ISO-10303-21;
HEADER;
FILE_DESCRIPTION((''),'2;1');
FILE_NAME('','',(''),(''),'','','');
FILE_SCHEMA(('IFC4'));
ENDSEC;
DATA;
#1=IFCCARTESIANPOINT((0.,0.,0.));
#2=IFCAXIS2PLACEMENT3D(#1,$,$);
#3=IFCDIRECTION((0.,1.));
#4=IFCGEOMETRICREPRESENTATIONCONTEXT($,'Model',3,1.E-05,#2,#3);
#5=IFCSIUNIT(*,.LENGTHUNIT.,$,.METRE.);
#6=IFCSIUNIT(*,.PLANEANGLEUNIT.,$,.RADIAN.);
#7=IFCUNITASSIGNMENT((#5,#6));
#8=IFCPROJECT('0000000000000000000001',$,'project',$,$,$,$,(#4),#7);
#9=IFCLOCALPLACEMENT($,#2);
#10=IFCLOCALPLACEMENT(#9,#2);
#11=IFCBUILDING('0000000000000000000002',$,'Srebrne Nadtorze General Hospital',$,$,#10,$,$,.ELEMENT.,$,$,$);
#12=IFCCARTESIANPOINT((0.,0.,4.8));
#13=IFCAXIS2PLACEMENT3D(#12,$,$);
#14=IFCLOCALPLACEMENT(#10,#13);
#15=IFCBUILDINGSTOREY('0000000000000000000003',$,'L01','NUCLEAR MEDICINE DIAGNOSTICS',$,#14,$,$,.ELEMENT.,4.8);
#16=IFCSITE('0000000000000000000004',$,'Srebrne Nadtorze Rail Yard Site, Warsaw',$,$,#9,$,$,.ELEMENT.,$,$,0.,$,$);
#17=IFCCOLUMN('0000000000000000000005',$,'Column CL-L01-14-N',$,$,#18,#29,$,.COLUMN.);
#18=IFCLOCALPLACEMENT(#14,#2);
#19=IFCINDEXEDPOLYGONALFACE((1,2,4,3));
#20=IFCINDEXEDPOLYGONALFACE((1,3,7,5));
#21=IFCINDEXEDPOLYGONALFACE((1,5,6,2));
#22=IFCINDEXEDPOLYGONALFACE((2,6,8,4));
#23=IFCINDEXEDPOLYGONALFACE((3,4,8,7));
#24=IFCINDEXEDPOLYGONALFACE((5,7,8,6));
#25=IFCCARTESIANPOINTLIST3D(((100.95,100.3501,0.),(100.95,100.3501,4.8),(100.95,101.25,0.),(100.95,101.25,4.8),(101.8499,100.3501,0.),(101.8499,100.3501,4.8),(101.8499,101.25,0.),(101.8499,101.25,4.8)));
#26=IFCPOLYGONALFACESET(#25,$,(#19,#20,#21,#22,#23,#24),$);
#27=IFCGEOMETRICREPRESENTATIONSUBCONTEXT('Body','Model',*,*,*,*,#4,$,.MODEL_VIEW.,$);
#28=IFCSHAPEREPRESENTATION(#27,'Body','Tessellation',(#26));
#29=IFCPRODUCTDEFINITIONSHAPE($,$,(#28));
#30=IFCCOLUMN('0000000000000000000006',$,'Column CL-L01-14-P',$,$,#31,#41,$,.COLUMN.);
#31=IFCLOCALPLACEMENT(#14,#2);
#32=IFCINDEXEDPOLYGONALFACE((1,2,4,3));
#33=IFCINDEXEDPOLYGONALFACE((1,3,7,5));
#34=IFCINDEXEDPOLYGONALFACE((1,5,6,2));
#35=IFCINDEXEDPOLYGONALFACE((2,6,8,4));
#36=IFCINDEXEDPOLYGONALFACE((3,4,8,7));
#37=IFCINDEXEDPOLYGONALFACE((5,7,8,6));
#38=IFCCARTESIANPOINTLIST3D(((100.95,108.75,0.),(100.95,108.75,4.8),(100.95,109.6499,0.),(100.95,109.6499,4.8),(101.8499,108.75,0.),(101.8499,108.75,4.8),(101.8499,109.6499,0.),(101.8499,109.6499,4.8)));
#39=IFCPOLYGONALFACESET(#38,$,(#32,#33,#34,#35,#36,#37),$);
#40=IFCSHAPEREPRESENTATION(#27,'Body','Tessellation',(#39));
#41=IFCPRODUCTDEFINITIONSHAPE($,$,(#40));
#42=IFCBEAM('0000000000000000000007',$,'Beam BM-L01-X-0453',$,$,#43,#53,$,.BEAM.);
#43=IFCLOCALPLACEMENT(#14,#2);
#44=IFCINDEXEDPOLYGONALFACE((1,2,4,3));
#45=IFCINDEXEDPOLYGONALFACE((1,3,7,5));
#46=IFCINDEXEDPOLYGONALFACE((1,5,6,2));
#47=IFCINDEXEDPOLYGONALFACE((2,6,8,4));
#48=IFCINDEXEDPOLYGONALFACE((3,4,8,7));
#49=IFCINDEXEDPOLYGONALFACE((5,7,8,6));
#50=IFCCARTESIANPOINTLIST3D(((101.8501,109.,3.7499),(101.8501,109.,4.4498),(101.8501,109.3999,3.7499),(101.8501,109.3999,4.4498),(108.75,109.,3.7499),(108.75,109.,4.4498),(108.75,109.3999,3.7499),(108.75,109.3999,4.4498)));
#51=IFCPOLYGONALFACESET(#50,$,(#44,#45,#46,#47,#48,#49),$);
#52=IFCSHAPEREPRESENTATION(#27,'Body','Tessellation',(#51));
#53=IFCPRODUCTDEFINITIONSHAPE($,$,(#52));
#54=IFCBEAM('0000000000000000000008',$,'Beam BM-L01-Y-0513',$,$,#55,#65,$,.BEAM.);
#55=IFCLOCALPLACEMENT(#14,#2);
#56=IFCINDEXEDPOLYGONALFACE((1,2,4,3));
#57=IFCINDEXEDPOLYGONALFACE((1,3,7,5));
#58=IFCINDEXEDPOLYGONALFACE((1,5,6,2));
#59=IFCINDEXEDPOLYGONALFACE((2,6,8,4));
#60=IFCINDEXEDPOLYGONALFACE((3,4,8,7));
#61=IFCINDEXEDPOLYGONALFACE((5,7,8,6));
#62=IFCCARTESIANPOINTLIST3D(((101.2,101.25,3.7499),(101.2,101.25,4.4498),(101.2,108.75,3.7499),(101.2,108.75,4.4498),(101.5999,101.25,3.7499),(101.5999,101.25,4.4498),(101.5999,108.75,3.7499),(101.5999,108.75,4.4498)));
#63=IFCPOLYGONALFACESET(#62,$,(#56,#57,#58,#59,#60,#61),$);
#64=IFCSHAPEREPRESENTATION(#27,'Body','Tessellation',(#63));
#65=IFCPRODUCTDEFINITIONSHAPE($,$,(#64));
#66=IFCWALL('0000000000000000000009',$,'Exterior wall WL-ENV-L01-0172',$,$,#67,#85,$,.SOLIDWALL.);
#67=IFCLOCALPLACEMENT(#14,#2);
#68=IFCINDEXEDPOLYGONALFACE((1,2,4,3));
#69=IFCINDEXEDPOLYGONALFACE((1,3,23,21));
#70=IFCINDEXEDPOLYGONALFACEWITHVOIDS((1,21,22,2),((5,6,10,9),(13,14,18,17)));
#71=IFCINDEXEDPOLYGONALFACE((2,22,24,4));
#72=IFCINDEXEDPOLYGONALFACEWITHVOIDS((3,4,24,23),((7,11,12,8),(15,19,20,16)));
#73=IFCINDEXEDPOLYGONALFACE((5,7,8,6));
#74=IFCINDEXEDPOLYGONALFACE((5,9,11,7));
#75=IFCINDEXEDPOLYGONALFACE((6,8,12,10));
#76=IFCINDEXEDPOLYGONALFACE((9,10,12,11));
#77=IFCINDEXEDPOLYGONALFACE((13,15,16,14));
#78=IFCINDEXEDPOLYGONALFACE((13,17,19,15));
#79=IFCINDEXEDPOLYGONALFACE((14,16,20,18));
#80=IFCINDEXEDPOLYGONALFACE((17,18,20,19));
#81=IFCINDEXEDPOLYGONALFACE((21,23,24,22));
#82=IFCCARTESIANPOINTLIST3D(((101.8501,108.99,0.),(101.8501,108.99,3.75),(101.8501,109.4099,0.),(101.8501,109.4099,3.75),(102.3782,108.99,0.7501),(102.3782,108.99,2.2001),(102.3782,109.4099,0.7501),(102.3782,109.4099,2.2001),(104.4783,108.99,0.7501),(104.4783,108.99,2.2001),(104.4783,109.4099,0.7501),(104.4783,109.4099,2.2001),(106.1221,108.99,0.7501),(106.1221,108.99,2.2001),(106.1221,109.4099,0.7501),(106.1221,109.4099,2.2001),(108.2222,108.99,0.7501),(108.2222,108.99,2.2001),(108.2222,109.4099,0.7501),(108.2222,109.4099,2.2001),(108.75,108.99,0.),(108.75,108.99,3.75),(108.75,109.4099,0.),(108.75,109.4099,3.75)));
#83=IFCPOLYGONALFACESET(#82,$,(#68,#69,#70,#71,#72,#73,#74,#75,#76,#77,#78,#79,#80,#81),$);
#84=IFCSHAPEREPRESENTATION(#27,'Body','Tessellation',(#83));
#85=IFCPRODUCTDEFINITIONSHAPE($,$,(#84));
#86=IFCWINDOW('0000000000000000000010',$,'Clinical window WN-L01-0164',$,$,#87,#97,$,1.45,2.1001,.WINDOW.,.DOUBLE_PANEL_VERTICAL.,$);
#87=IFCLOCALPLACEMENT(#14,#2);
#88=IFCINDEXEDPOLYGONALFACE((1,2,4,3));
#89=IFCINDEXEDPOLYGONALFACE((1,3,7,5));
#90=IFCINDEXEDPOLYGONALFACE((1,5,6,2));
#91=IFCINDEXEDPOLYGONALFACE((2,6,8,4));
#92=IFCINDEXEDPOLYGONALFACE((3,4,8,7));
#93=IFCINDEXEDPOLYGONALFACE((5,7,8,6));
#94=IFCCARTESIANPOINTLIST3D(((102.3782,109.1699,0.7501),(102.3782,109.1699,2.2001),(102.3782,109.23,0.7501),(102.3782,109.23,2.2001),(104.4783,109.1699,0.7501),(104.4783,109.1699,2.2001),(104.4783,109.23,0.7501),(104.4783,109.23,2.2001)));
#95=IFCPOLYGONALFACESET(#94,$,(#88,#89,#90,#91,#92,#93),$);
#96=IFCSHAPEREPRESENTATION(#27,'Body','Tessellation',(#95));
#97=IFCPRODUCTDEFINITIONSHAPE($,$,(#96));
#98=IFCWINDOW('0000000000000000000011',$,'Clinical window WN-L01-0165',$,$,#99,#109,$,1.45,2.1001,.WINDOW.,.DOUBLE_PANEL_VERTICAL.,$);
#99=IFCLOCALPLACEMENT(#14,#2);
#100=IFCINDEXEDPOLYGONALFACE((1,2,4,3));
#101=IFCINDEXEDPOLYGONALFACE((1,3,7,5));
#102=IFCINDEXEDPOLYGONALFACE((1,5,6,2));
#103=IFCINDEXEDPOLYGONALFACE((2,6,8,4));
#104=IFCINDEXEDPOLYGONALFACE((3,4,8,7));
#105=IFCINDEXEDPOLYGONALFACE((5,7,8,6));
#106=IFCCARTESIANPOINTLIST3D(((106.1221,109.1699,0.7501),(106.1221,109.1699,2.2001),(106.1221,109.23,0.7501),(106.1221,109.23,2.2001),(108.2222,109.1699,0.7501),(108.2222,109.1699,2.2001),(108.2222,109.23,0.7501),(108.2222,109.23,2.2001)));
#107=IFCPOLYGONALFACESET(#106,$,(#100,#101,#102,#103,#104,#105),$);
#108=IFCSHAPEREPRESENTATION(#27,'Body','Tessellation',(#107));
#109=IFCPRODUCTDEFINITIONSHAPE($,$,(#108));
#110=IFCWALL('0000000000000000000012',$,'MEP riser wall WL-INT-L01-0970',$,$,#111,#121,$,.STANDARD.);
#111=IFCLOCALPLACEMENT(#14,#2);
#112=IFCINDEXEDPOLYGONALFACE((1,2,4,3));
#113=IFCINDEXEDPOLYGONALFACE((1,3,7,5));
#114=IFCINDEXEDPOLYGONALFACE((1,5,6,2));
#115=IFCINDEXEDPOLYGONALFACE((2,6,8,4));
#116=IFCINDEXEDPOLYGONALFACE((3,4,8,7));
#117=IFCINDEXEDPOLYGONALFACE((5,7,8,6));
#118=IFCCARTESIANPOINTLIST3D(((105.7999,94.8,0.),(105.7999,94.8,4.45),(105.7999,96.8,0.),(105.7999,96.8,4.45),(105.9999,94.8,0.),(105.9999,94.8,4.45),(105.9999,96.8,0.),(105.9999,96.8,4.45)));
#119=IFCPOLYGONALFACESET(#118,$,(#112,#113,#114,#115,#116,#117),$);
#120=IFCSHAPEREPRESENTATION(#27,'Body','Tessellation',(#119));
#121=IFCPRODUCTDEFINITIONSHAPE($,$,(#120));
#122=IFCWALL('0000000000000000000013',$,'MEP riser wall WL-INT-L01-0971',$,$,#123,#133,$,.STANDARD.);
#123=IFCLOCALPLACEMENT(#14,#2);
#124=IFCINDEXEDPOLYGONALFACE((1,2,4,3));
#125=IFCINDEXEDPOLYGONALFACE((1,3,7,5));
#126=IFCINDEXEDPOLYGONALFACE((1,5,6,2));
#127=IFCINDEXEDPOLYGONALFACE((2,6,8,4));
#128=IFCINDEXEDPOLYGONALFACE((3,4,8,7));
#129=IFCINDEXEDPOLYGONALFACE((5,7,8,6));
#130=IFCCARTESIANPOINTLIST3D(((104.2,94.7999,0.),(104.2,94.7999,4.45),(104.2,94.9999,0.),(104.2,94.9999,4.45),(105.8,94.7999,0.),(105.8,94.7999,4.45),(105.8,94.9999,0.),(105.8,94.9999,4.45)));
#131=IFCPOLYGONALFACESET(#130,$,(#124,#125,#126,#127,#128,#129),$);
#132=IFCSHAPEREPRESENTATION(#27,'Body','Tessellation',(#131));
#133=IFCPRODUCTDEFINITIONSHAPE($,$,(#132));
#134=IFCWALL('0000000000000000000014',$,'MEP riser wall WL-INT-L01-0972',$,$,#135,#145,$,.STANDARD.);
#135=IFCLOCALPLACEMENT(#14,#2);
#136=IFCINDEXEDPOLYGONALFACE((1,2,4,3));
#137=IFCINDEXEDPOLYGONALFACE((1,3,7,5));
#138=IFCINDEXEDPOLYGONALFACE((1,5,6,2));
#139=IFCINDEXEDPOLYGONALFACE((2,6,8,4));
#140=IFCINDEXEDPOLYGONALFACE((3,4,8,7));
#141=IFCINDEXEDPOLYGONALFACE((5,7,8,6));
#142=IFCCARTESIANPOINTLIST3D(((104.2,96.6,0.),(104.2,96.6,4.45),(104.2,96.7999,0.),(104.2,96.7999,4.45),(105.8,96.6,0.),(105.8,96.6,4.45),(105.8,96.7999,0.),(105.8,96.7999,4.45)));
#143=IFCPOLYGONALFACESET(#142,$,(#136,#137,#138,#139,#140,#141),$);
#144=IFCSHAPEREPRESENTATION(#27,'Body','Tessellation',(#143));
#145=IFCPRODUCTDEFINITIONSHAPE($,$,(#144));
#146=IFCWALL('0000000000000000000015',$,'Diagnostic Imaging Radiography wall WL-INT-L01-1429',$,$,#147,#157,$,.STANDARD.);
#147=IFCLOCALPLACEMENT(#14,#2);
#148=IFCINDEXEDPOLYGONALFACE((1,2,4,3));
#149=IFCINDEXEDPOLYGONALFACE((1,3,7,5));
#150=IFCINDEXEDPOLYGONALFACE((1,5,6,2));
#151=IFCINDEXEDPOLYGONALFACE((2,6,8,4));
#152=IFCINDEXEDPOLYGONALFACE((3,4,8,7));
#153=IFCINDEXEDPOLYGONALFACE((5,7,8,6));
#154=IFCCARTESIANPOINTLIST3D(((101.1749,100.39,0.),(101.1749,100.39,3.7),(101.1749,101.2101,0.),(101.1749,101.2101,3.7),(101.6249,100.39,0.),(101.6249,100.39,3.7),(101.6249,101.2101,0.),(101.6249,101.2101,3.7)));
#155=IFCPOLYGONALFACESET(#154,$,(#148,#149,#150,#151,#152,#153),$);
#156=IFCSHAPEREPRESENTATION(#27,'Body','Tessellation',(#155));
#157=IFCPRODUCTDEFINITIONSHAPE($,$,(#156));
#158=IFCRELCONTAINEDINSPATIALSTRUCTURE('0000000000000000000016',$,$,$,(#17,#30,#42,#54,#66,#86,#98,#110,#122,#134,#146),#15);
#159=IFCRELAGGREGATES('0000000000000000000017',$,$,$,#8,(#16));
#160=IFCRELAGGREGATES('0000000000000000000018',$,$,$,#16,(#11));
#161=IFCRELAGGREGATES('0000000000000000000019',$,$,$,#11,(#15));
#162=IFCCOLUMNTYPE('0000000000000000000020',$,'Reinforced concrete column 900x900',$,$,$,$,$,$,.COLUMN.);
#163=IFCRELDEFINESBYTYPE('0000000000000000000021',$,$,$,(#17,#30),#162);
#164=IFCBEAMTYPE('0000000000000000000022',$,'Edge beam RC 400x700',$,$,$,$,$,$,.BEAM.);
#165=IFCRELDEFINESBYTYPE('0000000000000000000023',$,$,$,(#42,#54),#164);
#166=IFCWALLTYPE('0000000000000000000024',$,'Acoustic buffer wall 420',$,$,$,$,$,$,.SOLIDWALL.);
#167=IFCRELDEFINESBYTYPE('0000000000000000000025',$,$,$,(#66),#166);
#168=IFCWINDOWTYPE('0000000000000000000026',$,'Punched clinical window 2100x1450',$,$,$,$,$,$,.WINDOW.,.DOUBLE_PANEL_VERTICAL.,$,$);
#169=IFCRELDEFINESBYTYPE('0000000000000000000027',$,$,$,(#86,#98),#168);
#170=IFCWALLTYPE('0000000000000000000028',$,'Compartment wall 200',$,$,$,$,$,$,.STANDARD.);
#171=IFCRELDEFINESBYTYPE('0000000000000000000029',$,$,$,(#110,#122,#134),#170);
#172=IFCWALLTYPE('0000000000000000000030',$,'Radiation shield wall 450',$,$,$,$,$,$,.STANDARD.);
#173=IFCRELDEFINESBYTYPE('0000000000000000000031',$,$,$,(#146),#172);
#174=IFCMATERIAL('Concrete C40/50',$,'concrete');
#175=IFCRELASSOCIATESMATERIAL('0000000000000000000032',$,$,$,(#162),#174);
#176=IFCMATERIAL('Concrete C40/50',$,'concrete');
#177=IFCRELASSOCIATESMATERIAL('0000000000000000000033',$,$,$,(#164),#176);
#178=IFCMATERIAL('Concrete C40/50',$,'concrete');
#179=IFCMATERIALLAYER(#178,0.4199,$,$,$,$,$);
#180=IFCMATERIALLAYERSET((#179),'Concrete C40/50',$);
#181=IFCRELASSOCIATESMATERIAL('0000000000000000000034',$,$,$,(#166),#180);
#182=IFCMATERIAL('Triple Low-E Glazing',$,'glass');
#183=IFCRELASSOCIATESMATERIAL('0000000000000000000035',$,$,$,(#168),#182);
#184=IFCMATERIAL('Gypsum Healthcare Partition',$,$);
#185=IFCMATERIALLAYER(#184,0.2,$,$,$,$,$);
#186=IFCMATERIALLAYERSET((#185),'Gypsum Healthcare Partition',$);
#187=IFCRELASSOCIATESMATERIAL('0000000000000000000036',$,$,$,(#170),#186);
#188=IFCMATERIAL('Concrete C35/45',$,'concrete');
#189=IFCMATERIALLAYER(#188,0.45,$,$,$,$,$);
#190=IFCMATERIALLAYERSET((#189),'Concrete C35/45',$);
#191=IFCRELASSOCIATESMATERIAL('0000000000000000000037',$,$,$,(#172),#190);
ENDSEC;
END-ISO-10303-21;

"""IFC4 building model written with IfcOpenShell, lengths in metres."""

from ifc_helpers import new_model, si_unit, direction, frame, frame_2d, origin, origin_2d, place, context, subcontext, project, spatial, rectangle, extrude, material, layer, layer_set, material_profile, profile_set, type_object, element, fill, save


model = new_model("IFC4")

# Units and contexts
model_context = context("Model", 3, precision=1e-05, world=origin(), true_north=direction((0.0, 1.0)))
body_context = subcontext(model_context, "Body", "Model", "MODEL_VIEW")
ifc_project = project(units=[si_unit("LENGTHUNIT", "METRE"), si_unit("PLANEANGLEUNIT", "RADIAN")], contexts=[model_context])

# Site, building, storey
site_placement = place(None, origin())
site = spatial("IfcSite", under=ifc_project, at=site_placement, Name="Srebrne Nadtorze Rail Yard Site, Warsaw", CompositionType="ELEMENT", RefElevation=0.0)
building_placement = place(site_placement, origin())
building = spatial("IfcBuilding", under=site, at=building_placement, Name="Srebrne Nadtorze General Hospital", CompositionType="ELEMENT")
storey_placement = place(building_placement, frame((0.0, 0.0, 4.8)))
storey = spatial("IfcBuildingStorey", under=building, at=storey_placement, Name="L01", Description="NUCLEAR MEDICINE DIAGNOSTICS", CompositionType="ELEMENT", Elevation=4.8)

# Columns
ifc_material_1 = material(Name="Concrete C40/50", Category="concrete")
ifc_material_profile_1 = material_profile(ifc_material_1, rectangle(XDim=0.8999, YDim=0.8999, at=origin_2d()), Name="RC-COL-900x900")
ifc_profile_set_1 = profile_set([ifc_material_profile_1], Name="Concrete C40/50")
column_type = type_object("IfcColumnType", Name="Reinforced concrete column 900x900", PredefinedType="COLUMN", material=ifc_profile_set_1)
for number, where, z_axis, x_axis, name in (
    (1, (101.3999, 100.8, 0.0), (0.0, 0.0, 1.0), (1.0, 0.0, 0.0), "Column CL-L01-14-N"),
    (2, (101.3999, 109.2, 0.0), (0.0, 0.0, 1.0), (1.0, 0.0, 0.0), "Column CL-L01-14-P"),
):
    element("IfcColumn", number, at=place(storey_placement, frame(where, z_axis=z_axis, x_axis=x_axis)), inside=storey, type_object=column_type, Name=name, PredefinedType="COLUMN", context=body_context, shape_type="SweptSolid", body=[
        extrude(rectangle(XDim=0.8999, YDim=0.8999, at=origin_2d()), origin(), (0.0, 0.0, 1.0), 4.8),
    ])

# Beams
ifc_material_2 = material(Name="Concrete C40/50", Category="concrete")
ifc_material_profile_2 = material_profile(ifc_material_2, rectangle(XDim=0.3999, YDim=0.7, at=origin_2d()), Name="RC-BM-400x700")
ifc_profile_set_2 = profile_set([ifc_material_profile_2], Name="Concrete C40/50")
beam_type = type_object("IfcBeamType", Name="Edge beam RC 400x700", PredefinedType="BEAM", material=ifc_profile_set_2)
beam_1_placement = place(storey_placement, frame((101.8501, 109.2, 4.0999), z_axis=(1.0, 0.0, 0.0), x_axis=(0.0, 1.0, 0.0)))
element("IfcBeam", 3, at=beam_1_placement, inside=storey, type_object=beam_type, Name="Beam BM-L01-X-0453", PredefinedType="BEAM", context=body_context, shape_type="SweptSolid", body=[
    extrude(rectangle(XDim=0.3999, YDim=0.7, at=origin_2d()), origin(), (0.0, 0.0, 1.0), 6.8999),
])
beam_2_placement = place(storey_placement, frame((101.3999, 101.25, 4.0999), z_axis=(0.0, 1.0, 0.0), x_axis=(-1.0, 0.0, 0.0)))
element("IfcBeam", 4, at=beam_2_placement, inside=storey, type_object=beam_type, Name="Beam BM-L01-Y-0513", PredefinedType="BEAM", context=body_context, shape_type="SweptSolid", body=[
    extrude(rectangle(XDim=0.3999, YDim=0.7, at=origin_2d()), origin(), (0.0, 0.0, 1.0), 7.5),
])

# Wall, openings, windows
ifc_material_3 = material(Name="Concrete C40/50", Category="concrete")
ifc_layer_1 = layer(ifc_material_3, 0.4199)
ifc_layer_set_1 = layer_set([ifc_layer_1], Name="Concrete C40/50")
wall_type_1 = type_object("IfcWallType", Name="Acoustic buffer wall 420", PredefinedType="SOLIDWALL", material=ifc_layer_set_1)
wall_1_placement = place(storey_placement, frame((101.8501, 109.2, 0.0), z_axis=(0.0, 0.0, 1.0), x_axis=(1.0, 0.0, 0.0)))
wall_1 = element("IfcWall", 5, at=wall_1_placement, inside=storey, type_object=wall_type_1, Name="Exterior wall WL-ENV-L01-0172", PredefinedType="SOLIDWALL", context=body_context, shape_type="SweptSolid", body=[
    extrude(rectangle(XDim=6.8999, YDim=0.4199, at=frame_2d((3.45, 0.0))), origin(), (0.0, 0.0, 1.0), 3.75),
])
opening_1_placement = place(wall_1_placement, frame((0.5281, 0.0, 0.75)))
opening_1 = element("IfcOpeningElement", 6, at=opening_1_placement, cuts=wall_1, PredefinedType="OPENING", context=body_context, shape_type="SweptSolid", body=[
    extrude(rectangle(XDim=2.1001, YDim=1.45, at=frame_2d((1.05, 0.7251))), frame((0.0, 0.2219, 0.0), z_axis=(0.0, -1.0, 0.0), x_axis=(1.0, 0.0, 0.0)), (0.0, 0.0, 1.0), 0.4438),
])
opening_2_placement = place(wall_1_placement, frame((4.272, 0.0, 0.75)))
opening_2 = element("IfcOpeningElement", 7, at=opening_2_placement, cuts=wall_1, PredefinedType="OPENING", context=body_context, shape_type="SweptSolid", body=[
    extrude(rectangle(XDim=2.1001, YDim=1.45, at=frame_2d((1.05, 0.7251))), frame((0.0, 0.2219, 0.0), z_axis=(0.0, -1.0, 0.0), x_axis=(1.0, 0.0, 0.0)), (0.0, 0.0, 1.0), 0.4438),
])
ifc_material_4 = material(Name="Triple Low-E Glazing", Category="glass")
window_type_1 = type_object("IfcWindowType", Name="Punched clinical window 2100x1450", PartitioningType="DOUBLE_PANEL_VERTICAL", PredefinedType="WINDOW", material=ifc_material_4)
window_1_placement = place(opening_1_placement, origin())
window_1 = element("IfcWindow", 8, at=window_1_placement, inside=storey, type_object=window_type_1, Name="Clinical window WN-L01-0164", OverallHeight=1.45, OverallWidth=2.1001, PartitioningType="DOUBLE_PANEL_VERTICAL", PredefinedType="WINDOW", context=body_context, shape_type="SweptSolid", body=[
    extrude(rectangle(XDim=2.1001, YDim=1.45, at=frame_2d((1.05, 0.7251))), frame((0.0, 0.03, 0.0), z_axis=(0.0, -1.0, 0.0), x_axis=(1.0, 0.0, 0.0)), (0.0, 0.0, 1.0), 0.0601),
])
fill(opening_1, window_1)
window_2_placement = place(opening_2_placement, origin())
window_2 = element("IfcWindow", 9, at=window_2_placement, inside=storey, type_object=window_type_1, Name="Clinical window WN-L01-0165", OverallHeight=1.45, OverallWidth=2.1001, PartitioningType="DOUBLE_PANEL_VERTICAL", PredefinedType="WINDOW", context=body_context, shape_type="SweptSolid", body=[
    extrude(rectangle(XDim=2.1001, YDim=1.45, at=frame_2d((1.05, 0.7251))), frame((0.0, 0.03, 0.0), z_axis=(0.0, -1.0, 0.0), x_axis=(1.0, 0.0, 0.0)), (0.0, 0.0, 1.0), 0.0601),
])
fill(opening_2, window_2)

# Walls
ifc_material_5 = material(Name="Gypsum Healthcare Partition")
ifc_layer_2 = layer(ifc_material_5, 0.2)
ifc_layer_set_2 = layer_set([ifc_layer_2], Name="Gypsum Healthcare Partition")
wall_type_2 = type_object("IfcWallType", Name="Compartment wall 200", PredefinedType="STANDARD", material=ifc_layer_set_2)
wall_2_placement = place(storey_placement, frame((105.8999, 94.8, 0.0), z_axis=(0.0, 0.0, 1.0), x_axis=(0.0, 1.0, 0.0)))
element("IfcWall", 10, at=wall_2_placement, inside=storey, type_object=wall_type_2, Name="MEP riser wall WL-INT-L01-0970", PredefinedType="STANDARD", context=body_context, shape_type="SweptSolid", body=[
    extrude(rectangle(XDim=2.0, YDim=0.2, at=frame_2d((1.0, 0.0))), origin(), (0.0, 0.0, 1.0), 4.45),
])
for number, where, z_axis, x_axis, name in (
    (11, (104.2, 94.8999, 0.0), (0.0, 0.0, 1.0), (1.0, 0.0, 0.0), "MEP riser wall WL-INT-L01-0971"),
    (12, (104.2, 96.7, 0.0), (0.0, 0.0, 1.0), (1.0, 0.0, 0.0), "MEP riser wall WL-INT-L01-0972"),
):
    element("IfcWall", number, at=place(storey_placement, frame(where, z_axis=z_axis, x_axis=x_axis)), inside=storey, type_object=wall_type_2, Name=name, PredefinedType="STANDARD", context=body_context, shape_type="SweptSolid", body=[
        extrude(rectangle(XDim=1.6001, YDim=0.2, at=frame_2d((0.8, 0.0))), origin(), (0.0, 0.0, 1.0), 4.45),
    ])
ifc_material_6 = material(Name="Concrete C35/45", Category="concrete")
ifc_layer_3 = layer(ifc_material_6, 0.45)
ifc_layer_set_3 = layer_set([ifc_layer_3], Name="Concrete C35/45")
wall_type_3 = type_object("IfcWallType", Name="Radiation shield wall 450", PredefinedType="STANDARD", material=ifc_layer_set_3)
wall_3_placement = place(storey_placement, frame((101.3999, 100.3899, 0.0), z_axis=(0.0, 0.0, 1.0), x_axis=(0.0, 1.0, 0.0)))
element("IfcWall", 13, at=wall_3_placement, inside=storey, type_object=wall_type_3, Name="Diagnostic Imaging Radiography wall WL-INT-L01-1429", PredefinedType="STANDARD", context=body_context, shape_type="SweptSolid", body=[
    extrude(rectangle(XDim=0.8201, YDim=0.45, at=frame_2d((0.4102, 0.0))), origin(), (0.0, 0.0, 1.0), 3.7),
])

save(model, "model.ifc")
